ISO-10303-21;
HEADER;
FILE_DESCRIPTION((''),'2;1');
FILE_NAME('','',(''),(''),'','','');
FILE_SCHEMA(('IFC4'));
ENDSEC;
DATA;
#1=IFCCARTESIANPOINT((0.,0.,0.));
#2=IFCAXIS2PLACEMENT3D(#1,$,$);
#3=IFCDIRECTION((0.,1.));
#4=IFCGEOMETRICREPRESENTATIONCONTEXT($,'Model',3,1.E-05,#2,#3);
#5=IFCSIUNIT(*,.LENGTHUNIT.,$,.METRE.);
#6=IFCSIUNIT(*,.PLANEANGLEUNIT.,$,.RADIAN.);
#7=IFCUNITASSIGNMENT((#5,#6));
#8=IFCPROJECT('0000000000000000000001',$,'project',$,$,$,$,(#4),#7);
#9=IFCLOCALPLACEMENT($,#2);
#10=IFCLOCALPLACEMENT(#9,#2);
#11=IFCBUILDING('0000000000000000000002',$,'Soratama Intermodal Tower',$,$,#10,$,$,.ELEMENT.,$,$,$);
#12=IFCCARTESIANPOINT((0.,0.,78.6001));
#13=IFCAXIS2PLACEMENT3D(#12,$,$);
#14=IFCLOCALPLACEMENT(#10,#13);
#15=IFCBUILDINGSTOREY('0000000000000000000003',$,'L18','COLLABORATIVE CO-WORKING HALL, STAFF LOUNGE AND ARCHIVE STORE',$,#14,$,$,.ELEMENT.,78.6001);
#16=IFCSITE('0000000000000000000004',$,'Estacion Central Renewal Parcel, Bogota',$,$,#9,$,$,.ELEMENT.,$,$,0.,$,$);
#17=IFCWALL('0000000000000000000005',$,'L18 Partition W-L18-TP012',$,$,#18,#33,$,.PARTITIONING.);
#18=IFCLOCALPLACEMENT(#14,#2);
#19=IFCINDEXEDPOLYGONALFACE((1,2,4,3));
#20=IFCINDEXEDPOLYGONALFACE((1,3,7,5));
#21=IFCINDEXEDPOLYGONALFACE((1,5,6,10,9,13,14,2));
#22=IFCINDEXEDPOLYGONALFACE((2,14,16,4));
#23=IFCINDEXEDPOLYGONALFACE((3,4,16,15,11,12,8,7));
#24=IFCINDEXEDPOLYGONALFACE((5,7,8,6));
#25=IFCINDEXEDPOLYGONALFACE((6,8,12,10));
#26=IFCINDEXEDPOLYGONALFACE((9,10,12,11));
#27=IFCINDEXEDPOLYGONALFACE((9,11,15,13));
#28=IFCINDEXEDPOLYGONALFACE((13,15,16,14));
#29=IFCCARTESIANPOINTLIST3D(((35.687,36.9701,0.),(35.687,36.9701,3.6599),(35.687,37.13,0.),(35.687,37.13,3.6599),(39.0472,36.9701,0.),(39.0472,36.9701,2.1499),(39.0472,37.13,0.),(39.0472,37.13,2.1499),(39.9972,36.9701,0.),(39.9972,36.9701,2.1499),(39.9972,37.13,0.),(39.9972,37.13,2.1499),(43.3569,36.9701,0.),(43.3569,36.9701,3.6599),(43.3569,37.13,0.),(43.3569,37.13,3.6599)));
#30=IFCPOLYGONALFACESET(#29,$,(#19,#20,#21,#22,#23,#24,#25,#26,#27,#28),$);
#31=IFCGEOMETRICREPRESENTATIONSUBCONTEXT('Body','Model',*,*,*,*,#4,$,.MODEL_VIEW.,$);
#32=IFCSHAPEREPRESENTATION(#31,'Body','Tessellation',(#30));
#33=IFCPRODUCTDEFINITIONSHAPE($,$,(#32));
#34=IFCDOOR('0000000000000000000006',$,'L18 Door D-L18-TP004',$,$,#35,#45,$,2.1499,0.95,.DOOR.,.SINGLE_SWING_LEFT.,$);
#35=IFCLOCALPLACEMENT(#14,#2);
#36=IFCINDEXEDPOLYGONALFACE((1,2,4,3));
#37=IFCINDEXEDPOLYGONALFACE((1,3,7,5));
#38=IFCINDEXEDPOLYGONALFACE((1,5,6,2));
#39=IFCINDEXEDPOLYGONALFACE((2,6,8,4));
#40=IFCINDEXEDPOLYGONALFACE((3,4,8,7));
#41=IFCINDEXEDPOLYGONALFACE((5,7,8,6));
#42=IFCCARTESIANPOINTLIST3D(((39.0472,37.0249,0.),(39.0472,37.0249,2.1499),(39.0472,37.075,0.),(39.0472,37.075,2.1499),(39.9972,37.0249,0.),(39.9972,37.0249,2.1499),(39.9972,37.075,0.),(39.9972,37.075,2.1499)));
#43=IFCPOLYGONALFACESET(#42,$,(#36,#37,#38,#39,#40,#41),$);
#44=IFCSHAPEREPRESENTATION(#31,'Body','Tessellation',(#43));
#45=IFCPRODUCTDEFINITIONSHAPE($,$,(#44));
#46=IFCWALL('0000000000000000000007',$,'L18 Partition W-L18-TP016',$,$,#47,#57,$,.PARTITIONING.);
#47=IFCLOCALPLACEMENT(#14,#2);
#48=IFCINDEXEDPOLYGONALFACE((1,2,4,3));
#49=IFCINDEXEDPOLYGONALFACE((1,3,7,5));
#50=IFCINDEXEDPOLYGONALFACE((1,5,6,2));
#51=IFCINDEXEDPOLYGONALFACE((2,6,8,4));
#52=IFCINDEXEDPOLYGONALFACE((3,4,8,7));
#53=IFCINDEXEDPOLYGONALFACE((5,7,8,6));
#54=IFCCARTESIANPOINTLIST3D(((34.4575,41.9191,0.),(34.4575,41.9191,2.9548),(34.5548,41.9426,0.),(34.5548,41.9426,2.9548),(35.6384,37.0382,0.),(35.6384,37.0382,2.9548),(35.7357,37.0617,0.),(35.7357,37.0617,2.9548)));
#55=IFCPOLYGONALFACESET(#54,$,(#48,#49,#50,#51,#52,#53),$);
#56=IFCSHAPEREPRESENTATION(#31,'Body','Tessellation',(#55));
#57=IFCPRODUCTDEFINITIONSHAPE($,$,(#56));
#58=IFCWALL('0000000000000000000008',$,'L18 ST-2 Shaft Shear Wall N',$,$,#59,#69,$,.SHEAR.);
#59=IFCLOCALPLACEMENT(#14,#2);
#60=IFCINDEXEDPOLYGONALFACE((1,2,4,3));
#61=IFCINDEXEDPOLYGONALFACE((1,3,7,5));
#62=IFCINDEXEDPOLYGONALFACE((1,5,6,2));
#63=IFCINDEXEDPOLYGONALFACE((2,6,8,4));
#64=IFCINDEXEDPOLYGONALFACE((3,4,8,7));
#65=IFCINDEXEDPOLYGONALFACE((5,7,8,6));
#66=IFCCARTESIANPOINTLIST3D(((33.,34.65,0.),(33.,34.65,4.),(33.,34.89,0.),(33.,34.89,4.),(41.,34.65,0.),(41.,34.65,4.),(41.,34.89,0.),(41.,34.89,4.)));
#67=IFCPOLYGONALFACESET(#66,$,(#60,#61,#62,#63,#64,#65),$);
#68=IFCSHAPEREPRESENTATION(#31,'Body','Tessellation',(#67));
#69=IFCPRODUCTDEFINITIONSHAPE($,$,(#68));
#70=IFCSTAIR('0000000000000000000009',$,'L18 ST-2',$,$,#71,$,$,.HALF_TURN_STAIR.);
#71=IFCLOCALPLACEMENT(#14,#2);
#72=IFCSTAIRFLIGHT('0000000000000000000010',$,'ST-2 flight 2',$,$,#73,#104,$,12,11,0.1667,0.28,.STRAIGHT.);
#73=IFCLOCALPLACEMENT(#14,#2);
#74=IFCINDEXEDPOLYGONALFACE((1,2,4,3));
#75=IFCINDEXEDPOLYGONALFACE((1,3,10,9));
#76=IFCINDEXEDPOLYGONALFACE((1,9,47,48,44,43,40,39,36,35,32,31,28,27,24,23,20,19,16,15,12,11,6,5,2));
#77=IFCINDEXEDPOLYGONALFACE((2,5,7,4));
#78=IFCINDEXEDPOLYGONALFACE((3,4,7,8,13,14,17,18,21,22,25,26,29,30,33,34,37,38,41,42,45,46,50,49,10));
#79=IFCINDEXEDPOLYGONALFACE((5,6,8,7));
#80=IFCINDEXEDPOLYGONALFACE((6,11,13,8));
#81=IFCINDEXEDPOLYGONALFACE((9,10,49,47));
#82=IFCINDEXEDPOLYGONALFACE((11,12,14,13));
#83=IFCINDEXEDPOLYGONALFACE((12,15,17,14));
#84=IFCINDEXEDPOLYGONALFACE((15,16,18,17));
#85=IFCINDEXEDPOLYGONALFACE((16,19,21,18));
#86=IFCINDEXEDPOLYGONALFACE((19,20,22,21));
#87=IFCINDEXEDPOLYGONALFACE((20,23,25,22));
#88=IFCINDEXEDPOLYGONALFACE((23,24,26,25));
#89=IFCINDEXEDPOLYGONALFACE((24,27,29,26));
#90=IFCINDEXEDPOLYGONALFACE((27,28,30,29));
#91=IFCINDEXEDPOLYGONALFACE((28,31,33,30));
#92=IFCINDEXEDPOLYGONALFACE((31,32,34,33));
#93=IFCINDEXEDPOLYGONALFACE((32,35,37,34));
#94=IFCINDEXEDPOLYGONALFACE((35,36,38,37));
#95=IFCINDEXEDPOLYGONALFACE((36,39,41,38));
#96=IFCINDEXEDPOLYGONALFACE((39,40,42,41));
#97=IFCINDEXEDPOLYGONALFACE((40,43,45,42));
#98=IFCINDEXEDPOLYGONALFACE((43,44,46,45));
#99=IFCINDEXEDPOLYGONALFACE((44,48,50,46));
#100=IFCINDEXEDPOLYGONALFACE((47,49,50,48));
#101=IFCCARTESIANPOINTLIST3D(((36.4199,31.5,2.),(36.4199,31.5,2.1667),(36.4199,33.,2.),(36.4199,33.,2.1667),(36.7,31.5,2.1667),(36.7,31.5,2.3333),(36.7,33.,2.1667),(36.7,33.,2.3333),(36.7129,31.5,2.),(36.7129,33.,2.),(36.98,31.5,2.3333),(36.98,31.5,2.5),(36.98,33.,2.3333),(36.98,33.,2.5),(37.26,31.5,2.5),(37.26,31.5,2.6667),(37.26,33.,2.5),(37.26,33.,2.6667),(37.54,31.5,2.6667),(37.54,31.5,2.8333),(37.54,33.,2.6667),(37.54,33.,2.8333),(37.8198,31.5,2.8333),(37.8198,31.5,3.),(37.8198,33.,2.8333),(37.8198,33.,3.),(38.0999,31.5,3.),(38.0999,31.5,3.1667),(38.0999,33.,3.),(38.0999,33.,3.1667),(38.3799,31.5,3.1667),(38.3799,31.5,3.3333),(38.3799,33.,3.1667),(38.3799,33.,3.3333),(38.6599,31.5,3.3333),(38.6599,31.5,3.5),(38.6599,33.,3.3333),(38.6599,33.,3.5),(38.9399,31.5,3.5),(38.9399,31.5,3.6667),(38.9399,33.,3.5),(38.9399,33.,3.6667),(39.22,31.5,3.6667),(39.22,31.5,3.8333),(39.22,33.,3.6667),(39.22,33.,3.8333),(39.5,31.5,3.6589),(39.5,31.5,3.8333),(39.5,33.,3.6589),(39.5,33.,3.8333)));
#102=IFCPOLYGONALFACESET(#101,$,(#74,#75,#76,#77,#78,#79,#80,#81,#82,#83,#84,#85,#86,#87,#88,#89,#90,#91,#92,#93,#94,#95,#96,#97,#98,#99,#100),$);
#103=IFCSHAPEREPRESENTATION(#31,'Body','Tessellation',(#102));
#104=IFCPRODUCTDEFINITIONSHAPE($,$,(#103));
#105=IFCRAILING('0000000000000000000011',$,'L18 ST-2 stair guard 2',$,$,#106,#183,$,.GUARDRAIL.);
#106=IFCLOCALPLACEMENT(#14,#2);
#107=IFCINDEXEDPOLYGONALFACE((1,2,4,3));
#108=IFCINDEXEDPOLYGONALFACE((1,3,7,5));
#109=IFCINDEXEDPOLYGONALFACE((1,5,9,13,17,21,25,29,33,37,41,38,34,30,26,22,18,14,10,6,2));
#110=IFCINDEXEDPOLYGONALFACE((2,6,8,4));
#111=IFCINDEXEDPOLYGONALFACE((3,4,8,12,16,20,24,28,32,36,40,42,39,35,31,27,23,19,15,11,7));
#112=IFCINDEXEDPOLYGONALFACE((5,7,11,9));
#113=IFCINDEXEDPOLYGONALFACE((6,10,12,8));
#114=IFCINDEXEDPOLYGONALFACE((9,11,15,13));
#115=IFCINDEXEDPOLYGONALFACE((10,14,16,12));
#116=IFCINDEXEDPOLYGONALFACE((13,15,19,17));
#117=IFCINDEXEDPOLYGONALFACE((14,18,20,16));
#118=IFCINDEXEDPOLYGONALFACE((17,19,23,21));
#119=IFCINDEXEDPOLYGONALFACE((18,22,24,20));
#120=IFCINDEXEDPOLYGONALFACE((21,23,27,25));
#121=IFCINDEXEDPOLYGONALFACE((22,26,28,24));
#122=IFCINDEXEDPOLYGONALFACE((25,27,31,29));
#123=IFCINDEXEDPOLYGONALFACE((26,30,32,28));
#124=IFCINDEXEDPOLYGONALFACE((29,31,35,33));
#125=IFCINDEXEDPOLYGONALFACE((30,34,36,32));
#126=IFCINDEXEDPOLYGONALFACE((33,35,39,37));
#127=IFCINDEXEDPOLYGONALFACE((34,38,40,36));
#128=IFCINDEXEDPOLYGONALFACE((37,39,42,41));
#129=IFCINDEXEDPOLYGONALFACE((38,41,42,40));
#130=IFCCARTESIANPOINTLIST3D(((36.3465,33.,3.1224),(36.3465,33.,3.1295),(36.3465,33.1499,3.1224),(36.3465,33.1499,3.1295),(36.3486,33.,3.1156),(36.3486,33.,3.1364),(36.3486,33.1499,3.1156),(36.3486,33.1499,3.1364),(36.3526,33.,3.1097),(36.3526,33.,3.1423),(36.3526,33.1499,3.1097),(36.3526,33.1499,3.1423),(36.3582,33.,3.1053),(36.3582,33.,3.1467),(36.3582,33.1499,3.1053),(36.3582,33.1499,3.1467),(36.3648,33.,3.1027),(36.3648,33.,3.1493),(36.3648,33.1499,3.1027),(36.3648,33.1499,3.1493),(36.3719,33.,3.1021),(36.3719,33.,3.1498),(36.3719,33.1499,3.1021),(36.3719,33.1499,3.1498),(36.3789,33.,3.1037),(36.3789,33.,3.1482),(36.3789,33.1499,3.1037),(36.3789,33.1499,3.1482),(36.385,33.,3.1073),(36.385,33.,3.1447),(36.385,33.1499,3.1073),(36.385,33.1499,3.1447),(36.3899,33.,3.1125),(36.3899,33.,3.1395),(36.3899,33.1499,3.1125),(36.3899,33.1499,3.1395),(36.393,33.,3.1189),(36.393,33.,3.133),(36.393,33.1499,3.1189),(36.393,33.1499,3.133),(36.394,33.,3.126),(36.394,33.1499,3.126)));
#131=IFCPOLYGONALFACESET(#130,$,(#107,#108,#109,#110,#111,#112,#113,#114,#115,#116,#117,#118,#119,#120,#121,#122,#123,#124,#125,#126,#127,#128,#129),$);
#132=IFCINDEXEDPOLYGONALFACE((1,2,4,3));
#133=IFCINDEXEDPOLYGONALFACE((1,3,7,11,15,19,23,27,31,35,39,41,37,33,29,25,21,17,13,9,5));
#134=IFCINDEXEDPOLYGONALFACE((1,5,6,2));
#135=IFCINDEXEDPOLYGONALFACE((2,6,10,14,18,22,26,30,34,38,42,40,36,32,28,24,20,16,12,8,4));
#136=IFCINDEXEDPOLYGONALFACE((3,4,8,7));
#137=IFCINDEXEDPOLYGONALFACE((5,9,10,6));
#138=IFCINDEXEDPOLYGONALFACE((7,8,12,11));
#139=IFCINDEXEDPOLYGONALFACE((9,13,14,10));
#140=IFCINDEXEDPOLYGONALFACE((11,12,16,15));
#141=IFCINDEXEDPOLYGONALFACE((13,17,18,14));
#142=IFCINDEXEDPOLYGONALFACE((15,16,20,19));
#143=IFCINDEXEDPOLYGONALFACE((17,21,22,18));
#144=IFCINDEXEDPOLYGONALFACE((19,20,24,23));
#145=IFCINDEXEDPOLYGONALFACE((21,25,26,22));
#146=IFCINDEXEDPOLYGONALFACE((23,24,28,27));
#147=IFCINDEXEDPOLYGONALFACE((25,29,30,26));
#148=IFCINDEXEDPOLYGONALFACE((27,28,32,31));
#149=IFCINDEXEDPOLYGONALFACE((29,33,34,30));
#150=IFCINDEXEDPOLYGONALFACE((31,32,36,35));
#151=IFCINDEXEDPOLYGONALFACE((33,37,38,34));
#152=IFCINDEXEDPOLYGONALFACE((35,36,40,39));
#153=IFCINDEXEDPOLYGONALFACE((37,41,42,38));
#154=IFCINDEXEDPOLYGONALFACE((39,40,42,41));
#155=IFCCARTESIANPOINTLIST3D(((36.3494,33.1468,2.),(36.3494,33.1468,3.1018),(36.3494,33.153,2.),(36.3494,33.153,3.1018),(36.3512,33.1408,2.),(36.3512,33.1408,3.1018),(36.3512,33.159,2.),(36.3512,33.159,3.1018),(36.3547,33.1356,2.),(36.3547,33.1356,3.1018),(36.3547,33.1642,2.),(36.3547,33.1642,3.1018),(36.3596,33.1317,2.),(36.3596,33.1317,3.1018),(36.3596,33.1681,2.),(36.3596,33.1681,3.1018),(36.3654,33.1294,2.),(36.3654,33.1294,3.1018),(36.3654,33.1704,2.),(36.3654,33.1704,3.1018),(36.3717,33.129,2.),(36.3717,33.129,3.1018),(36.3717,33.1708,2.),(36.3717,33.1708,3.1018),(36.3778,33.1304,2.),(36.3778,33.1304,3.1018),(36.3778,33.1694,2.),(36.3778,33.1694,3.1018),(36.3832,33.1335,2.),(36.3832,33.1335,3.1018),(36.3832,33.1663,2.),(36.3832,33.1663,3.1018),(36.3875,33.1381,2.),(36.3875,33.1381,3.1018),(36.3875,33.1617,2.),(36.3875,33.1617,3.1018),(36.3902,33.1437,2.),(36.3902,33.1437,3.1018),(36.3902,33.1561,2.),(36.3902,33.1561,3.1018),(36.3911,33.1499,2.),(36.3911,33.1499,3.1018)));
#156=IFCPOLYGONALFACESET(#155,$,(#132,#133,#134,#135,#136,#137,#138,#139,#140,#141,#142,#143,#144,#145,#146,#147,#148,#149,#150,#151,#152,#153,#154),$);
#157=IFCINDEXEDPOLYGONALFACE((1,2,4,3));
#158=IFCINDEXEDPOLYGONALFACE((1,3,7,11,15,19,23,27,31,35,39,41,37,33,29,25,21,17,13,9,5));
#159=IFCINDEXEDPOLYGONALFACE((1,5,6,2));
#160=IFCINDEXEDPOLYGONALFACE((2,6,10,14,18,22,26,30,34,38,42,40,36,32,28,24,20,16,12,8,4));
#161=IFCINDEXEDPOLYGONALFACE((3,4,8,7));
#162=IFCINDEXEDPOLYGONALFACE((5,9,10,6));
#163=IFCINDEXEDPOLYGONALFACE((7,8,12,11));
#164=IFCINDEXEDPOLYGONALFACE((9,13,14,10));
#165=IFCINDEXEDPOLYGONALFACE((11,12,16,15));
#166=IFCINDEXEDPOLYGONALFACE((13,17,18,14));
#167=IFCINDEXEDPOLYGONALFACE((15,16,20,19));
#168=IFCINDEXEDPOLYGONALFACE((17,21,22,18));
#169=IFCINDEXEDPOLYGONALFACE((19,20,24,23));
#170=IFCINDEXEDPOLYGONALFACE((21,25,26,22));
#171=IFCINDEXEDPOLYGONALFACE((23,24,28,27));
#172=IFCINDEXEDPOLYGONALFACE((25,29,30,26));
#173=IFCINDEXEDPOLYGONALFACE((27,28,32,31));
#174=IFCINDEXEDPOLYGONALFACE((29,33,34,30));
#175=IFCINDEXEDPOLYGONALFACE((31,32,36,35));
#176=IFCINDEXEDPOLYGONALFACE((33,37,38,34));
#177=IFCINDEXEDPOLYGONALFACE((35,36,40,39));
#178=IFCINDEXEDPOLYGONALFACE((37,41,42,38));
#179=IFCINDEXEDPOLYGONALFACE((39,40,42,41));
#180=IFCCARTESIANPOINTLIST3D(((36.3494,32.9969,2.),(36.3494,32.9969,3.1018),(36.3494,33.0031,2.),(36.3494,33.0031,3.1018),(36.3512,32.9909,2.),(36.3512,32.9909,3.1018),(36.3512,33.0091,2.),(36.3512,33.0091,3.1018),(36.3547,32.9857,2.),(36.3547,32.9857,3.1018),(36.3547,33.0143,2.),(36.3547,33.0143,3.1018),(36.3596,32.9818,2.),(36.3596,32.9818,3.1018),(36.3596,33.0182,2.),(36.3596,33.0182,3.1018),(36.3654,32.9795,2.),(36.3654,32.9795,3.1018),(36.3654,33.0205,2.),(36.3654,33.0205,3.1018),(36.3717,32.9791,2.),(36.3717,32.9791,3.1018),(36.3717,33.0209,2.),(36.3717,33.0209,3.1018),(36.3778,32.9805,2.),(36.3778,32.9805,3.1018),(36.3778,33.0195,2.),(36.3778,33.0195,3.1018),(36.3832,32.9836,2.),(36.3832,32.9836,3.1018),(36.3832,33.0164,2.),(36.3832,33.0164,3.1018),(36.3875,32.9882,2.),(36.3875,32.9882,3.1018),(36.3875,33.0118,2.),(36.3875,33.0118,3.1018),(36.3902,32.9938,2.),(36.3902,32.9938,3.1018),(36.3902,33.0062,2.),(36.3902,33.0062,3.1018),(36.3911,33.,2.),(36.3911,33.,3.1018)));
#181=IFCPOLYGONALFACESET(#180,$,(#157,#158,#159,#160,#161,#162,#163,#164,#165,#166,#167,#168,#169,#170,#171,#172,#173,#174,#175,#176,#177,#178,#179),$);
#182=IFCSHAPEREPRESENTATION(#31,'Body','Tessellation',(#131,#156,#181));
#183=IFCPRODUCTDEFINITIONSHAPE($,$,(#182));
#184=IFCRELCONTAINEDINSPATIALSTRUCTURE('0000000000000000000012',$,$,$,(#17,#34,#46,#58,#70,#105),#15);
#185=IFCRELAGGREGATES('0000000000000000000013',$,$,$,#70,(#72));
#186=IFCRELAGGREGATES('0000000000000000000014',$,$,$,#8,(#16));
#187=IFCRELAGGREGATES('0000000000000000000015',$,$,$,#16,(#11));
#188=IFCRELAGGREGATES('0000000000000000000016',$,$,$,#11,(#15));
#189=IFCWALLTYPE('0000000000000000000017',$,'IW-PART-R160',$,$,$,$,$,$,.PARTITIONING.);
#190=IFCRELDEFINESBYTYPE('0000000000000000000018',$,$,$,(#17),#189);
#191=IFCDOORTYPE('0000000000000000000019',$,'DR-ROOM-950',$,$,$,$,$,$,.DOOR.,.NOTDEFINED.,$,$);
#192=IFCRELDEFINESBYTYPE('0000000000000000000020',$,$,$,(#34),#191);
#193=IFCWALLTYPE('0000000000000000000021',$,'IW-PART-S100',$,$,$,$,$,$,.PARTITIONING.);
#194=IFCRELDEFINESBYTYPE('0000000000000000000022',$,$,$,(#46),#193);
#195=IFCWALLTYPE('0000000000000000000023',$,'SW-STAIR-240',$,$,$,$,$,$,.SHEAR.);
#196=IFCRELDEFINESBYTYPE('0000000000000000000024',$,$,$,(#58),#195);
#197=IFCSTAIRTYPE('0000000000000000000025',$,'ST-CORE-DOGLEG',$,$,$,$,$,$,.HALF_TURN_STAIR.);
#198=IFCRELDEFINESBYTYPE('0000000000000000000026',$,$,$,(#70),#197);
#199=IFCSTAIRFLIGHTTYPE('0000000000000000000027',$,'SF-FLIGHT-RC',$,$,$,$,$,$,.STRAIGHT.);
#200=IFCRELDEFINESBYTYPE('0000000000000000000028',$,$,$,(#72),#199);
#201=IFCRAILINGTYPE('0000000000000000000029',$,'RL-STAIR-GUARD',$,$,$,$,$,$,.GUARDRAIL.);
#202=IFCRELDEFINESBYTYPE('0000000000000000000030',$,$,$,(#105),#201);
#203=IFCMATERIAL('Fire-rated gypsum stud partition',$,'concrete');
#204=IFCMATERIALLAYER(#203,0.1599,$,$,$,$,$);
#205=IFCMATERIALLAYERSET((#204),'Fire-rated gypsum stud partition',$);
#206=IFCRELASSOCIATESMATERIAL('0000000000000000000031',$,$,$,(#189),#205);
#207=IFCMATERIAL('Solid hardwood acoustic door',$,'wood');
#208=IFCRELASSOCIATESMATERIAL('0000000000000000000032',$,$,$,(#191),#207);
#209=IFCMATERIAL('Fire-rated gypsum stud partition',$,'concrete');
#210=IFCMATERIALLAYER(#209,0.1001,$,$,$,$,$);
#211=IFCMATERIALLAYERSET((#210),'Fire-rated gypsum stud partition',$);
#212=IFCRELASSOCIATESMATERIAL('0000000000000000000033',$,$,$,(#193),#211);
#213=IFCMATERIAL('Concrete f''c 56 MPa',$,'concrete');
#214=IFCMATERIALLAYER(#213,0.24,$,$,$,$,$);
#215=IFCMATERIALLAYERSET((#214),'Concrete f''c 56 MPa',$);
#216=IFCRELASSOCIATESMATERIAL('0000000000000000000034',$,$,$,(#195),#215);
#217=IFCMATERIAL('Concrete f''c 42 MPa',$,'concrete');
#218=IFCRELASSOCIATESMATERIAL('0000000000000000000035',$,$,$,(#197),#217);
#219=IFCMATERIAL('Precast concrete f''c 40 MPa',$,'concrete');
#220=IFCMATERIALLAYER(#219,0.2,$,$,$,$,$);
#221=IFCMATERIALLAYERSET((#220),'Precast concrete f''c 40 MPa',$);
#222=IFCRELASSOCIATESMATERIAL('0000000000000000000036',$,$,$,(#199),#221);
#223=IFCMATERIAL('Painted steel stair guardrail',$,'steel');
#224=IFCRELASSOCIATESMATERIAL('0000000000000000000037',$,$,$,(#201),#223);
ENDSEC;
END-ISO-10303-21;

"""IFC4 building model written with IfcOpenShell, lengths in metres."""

from ifc_helpers import new_model, si_unit, direction, frame, frame_2d, origin, origin_2d, place, context, subcontext, project, spatial, polyline, rectangle, circle, outline, extrude, material, layer, layer_set, type_object, element, fill, aggregate, save


model = new_model("IFC4")

# Units and contexts
model_context = context("Model", 3, precision=1e-05, world=origin(), true_north=direction((0.0, 1.0)))
body_context = subcontext(model_context, "Body", "Model", "MODEL_VIEW")
ifc_project = project(units=[si_unit("LENGTHUNIT", "METRE"), si_unit("PLANEANGLEUNIT", "RADIAN")], contexts=[model_context])

# Site, building, storey
site_placement = place(None, origin())
site = spatial("IfcSite", under=ifc_project, at=site_placement, Name="Estacion Central Renewal Parcel, Bogota", CompositionType="ELEMENT", RefElevation=0.0)
building_placement = place(site_placement, origin())
building = spatial("IfcBuilding", under=site, at=building_placement, Name="Soratama Intermodal Tower", CompositionType="ELEMENT")
storey_placement = place(building_placement, frame((0.0, 0.0, 78.6001)))
storey = spatial("IfcBuildingStorey", under=building, at=storey_placement, Name="L18", Description="COLLABORATIVE CO-WORKING HALL, STAFF LOUNGE AND ARCHIVE STORE", CompositionType="ELEMENT", Elevation=78.6001)

# Wall, opening, door
ifc_material_1 = material(Name="Fire-rated gypsum stud partition", Category="concrete")
ifc_layer_1 = layer(ifc_material_1, 0.1599)
ifc_layer_set_1 = layer_set([ifc_layer_1], Name="Fire-rated gypsum stud partition")
wall_type_1 = type_object("IfcWallType", Name="IW-PART-R160", PredefinedType="PARTITIONING", material=ifc_layer_set_1)
wall_1_placement = place(storey_placement, frame((35.687, 37.05, 0.0), z_axis=(0.0, 0.0, 1.0), x_axis=(1.0, 0.0, 0.0)))
wall_1 = element("IfcWall", 1, at=wall_1_placement, inside=storey, type_object=wall_type_1, Name="L18 Partition W-L18-TP012", PredefinedType="PARTITIONING", context=body_context, shape_type="SweptSolid", body=[
    extrude(rectangle(XDim=7.6699, YDim=0.1599, at=frame_2d((3.835, 0.0))), origin(), (0.0, 0.0, 1.0), 3.6599),
])
opening_1_placement = place(wall_1_placement, frame((3.3601, 0.0, 0.0)))
opening_1 = element("IfcOpeningElement", 2, at=opening_1_placement, cuts=wall_1, PredefinedType="OPENING", context=body_context, shape_type="SweptSolid", body=[
    extrude(rectangle(XDim=0.95, YDim=2.1499, at=frame_2d((0.4751, 1.075))), frame((0.0, 0.0898, 0.0), z_axis=(0.0, -1.0, 0.0), x_axis=(1.0, 0.0, 0.0)), (0.0, 0.0, 1.0), 0.1799),
])
ifc_material_2 = material(Name="Solid hardwood acoustic door", Category="wood")
door_type = type_object("IfcDoorType", Name="DR-ROOM-950", OperationType="NOTDEFINED", PredefinedType="DOOR", material=ifc_material_2)
door_1_placement = place(opening_1_placement, origin())
door_1 = element("IfcDoor", 3, at=door_1_placement, inside=storey, type_object=door_type, Name="L18 Door D-L18-TP004", OperationType="SINGLE_SWING_LEFT", OverallHeight=2.1499, OverallWidth=0.95, PredefinedType="DOOR", context=body_context, shape_type="SweptSolid", body=[
    extrude(rectangle(XDim=0.95, YDim=2.1499, at=frame_2d((0.4751, 1.075))), frame((0.0, 0.0249, 0.0), z_axis=(0.0, -1.0, 0.0), x_axis=(1.0, 0.0, 0.0)), (0.0, 0.0, 1.0), 0.05),
])
fill(opening_1, door_1)

# Walls
ifc_material_3 = material(Name="Fire-rated gypsum stud partition", Category="concrete")
ifc_layer_2 = layer(ifc_material_3, 0.1001)
ifc_layer_set_2 = layer_set([ifc_layer_2], Name="Fire-rated gypsum stud partition")
wall_type_2 = type_object("IfcWallType", Name="IW-PART-S100", PredefinedType="PARTITIONING", material=ifc_layer_set_2)
wall_2_placement = place(storey_placement, frame((35.687, 37.05, 0.0), z_axis=(0.0, 0.0, 1.0), x_axis=(-0.235162, 0.971956, 0.0)))
element("IfcWall", 4, at=wall_2_placement, inside=storey, type_object=wall_type_2, Name="L18 Partition W-L18-TP016", PredefinedType="PARTITIONING", context=body_context, shape_type="SweptSolid", body=[
    extrude(rectangle(XDim=5.0217, YDim=0.1001, at=frame_2d((2.5107, 0.0))), origin(), (0.0, 0.0, 1.0), 2.9548),
])
ifc_material_4 = material(Name="Concrete f'c 56 MPa", Category="concrete")
ifc_layer_3 = layer(ifc_material_4, 0.24)
ifc_layer_set_3 = layer_set([ifc_layer_3], Name="Concrete f'c 56 MPa")
wall_type_3 = type_object("IfcWallType", Name="SW-STAIR-240", PredefinedType="SHEAR", material=ifc_layer_set_3)
wall_3_placement = place(storey_placement, frame((33.0, 34.77, 0.0), z_axis=(0.0, 0.0, 1.0), x_axis=(1.0, 0.0, 0.0)))
element("IfcWall", 5, at=wall_3_placement, inside=storey, type_object=wall_type_3, Name="L18 ST-2 Shaft Shear Wall N", PredefinedType="SHEAR", context=body_context, shape_type="SweptSolid", body=[
    extrude(rectangle(XDim=8.0, YDim=0.24, at=frame_2d((4.0, 0.0))), origin(), (0.0, 0.0, 1.0), 4.0),
])

# Stair, stair flight
ifc_material_5 = material(Name="Concrete f'c 42 MPa", Category="concrete")
stair_type = type_object("IfcStairType", Name="ST-CORE-DOGLEG", PredefinedType="HALF_TURN_STAIR", material=ifc_material_5)
stair_placement = place(storey_placement, origin())
stair = element("IfcStair", 6, at=stair_placement, inside=storey, type_object=stair_type, Name="L18 ST-2", PredefinedType="HALF_TURN_STAIR")
ifc_material_6 = material(Name="Precast concrete f'c 40 MPa", Category="concrete")
ifc_layer_4 = layer(ifc_material_6, 0.2)
ifc_layer_set_4 = layer_set([ifc_layer_4], Name="Precast concrete f'c 40 MPa")
stair_flight_type = type_object("IfcStairFlightType", Name="SF-FLIGHT-RC", PredefinedType="STRAIGHT", material=ifc_layer_set_4)
stair_flight_placement = place(storey_placement, frame((36.4199, 32.25, 2.0), z_axis=(0.0, 0.0, 1.0), x_axis=(1.0, 0.0, 0.0)))
stair_flight = element("IfcStairFlight", 7, at=stair_flight_placement, type_object=stair_flight_type, Name="ST-2 flight 2", NumberOfRisers=12, NumberOfTreads=11, PredefinedType="STRAIGHT", RiserHeight=0.1667, TreadLength=0.28, context=body_context, shape_type="SweptSolid", body=[
    extrude(outline(polyline([(0.0, 0.0), (0.0, 0.1667), (0.28, 0.1667), (0.28, 0.3333), (0.5601, 0.3333), (0.5601, 0.5), (0.8401, 0.5), (0.8401, 0.6667), (1.1201, 0.6667), (1.1201, 0.8333), (1.3999, 0.8333), (1.3999, 1.0), (1.6799, 1.0), (1.6799, 1.1667), (1.96, 1.1667), (1.96, 1.3333), (2.24, 1.3333), (2.24, 1.5), (2.52, 1.5), (2.52, 1.6667), (2.8, 1.6667), (2.8, 1.8333), (3.0801, 1.8333), (3.0801, 2.0), (3.0801, 1.6589), (0.293, 0.0), (0.0, 0.0)])), frame((0.0, 0.75, 0.0), z_axis=(0.0, -1.0, 0.0), x_axis=(1.0, 0.0, 0.0)), (0.0, 0.0, 1.0), 1.5),
])
aggregate(stair, [stair_flight])

# Railing
ifc_material_7 = material(Name="Painted steel stair guardrail", Category="steel")
railing_type_1 = type_object("IfcRailingType", Name="RL-STAIR-GUARD", PredefinedType="GUARDRAIL", material=ifc_material_7)
railing_1_placement = place(storey_placement, frame((36.3701, 33.1499, 2.0)))
element("IfcRailing", 8, at=railing_1_placement, inside=storey, type_object=railing_type_1, Name="L18 ST-2 stair guard 2", PredefinedType="GUARDRAIL", context=body_context, shape_type="SweptSolid", body=[
    extrude(circle(Radius=0.0239, at=origin_2d()), frame((0.0, 0.0, 1.126), z_axis=(0.0, -1.0, 0.0), x_axis=(1.0, 0.0, 0.0)), (0.0, 0.0, 1.0), 0.1499),
    extrude(circle(Radius=0.021, at=origin_2d()), origin(), (0.0, 0.0, 1.0), 1.1018),
    extrude(circle(Radius=0.021, at=origin_2d()), frame((0.0, -0.1499, 0.0)), (0.0, 0.0, 1.0), 1.1018),
])

save(model, "model.ifc")
